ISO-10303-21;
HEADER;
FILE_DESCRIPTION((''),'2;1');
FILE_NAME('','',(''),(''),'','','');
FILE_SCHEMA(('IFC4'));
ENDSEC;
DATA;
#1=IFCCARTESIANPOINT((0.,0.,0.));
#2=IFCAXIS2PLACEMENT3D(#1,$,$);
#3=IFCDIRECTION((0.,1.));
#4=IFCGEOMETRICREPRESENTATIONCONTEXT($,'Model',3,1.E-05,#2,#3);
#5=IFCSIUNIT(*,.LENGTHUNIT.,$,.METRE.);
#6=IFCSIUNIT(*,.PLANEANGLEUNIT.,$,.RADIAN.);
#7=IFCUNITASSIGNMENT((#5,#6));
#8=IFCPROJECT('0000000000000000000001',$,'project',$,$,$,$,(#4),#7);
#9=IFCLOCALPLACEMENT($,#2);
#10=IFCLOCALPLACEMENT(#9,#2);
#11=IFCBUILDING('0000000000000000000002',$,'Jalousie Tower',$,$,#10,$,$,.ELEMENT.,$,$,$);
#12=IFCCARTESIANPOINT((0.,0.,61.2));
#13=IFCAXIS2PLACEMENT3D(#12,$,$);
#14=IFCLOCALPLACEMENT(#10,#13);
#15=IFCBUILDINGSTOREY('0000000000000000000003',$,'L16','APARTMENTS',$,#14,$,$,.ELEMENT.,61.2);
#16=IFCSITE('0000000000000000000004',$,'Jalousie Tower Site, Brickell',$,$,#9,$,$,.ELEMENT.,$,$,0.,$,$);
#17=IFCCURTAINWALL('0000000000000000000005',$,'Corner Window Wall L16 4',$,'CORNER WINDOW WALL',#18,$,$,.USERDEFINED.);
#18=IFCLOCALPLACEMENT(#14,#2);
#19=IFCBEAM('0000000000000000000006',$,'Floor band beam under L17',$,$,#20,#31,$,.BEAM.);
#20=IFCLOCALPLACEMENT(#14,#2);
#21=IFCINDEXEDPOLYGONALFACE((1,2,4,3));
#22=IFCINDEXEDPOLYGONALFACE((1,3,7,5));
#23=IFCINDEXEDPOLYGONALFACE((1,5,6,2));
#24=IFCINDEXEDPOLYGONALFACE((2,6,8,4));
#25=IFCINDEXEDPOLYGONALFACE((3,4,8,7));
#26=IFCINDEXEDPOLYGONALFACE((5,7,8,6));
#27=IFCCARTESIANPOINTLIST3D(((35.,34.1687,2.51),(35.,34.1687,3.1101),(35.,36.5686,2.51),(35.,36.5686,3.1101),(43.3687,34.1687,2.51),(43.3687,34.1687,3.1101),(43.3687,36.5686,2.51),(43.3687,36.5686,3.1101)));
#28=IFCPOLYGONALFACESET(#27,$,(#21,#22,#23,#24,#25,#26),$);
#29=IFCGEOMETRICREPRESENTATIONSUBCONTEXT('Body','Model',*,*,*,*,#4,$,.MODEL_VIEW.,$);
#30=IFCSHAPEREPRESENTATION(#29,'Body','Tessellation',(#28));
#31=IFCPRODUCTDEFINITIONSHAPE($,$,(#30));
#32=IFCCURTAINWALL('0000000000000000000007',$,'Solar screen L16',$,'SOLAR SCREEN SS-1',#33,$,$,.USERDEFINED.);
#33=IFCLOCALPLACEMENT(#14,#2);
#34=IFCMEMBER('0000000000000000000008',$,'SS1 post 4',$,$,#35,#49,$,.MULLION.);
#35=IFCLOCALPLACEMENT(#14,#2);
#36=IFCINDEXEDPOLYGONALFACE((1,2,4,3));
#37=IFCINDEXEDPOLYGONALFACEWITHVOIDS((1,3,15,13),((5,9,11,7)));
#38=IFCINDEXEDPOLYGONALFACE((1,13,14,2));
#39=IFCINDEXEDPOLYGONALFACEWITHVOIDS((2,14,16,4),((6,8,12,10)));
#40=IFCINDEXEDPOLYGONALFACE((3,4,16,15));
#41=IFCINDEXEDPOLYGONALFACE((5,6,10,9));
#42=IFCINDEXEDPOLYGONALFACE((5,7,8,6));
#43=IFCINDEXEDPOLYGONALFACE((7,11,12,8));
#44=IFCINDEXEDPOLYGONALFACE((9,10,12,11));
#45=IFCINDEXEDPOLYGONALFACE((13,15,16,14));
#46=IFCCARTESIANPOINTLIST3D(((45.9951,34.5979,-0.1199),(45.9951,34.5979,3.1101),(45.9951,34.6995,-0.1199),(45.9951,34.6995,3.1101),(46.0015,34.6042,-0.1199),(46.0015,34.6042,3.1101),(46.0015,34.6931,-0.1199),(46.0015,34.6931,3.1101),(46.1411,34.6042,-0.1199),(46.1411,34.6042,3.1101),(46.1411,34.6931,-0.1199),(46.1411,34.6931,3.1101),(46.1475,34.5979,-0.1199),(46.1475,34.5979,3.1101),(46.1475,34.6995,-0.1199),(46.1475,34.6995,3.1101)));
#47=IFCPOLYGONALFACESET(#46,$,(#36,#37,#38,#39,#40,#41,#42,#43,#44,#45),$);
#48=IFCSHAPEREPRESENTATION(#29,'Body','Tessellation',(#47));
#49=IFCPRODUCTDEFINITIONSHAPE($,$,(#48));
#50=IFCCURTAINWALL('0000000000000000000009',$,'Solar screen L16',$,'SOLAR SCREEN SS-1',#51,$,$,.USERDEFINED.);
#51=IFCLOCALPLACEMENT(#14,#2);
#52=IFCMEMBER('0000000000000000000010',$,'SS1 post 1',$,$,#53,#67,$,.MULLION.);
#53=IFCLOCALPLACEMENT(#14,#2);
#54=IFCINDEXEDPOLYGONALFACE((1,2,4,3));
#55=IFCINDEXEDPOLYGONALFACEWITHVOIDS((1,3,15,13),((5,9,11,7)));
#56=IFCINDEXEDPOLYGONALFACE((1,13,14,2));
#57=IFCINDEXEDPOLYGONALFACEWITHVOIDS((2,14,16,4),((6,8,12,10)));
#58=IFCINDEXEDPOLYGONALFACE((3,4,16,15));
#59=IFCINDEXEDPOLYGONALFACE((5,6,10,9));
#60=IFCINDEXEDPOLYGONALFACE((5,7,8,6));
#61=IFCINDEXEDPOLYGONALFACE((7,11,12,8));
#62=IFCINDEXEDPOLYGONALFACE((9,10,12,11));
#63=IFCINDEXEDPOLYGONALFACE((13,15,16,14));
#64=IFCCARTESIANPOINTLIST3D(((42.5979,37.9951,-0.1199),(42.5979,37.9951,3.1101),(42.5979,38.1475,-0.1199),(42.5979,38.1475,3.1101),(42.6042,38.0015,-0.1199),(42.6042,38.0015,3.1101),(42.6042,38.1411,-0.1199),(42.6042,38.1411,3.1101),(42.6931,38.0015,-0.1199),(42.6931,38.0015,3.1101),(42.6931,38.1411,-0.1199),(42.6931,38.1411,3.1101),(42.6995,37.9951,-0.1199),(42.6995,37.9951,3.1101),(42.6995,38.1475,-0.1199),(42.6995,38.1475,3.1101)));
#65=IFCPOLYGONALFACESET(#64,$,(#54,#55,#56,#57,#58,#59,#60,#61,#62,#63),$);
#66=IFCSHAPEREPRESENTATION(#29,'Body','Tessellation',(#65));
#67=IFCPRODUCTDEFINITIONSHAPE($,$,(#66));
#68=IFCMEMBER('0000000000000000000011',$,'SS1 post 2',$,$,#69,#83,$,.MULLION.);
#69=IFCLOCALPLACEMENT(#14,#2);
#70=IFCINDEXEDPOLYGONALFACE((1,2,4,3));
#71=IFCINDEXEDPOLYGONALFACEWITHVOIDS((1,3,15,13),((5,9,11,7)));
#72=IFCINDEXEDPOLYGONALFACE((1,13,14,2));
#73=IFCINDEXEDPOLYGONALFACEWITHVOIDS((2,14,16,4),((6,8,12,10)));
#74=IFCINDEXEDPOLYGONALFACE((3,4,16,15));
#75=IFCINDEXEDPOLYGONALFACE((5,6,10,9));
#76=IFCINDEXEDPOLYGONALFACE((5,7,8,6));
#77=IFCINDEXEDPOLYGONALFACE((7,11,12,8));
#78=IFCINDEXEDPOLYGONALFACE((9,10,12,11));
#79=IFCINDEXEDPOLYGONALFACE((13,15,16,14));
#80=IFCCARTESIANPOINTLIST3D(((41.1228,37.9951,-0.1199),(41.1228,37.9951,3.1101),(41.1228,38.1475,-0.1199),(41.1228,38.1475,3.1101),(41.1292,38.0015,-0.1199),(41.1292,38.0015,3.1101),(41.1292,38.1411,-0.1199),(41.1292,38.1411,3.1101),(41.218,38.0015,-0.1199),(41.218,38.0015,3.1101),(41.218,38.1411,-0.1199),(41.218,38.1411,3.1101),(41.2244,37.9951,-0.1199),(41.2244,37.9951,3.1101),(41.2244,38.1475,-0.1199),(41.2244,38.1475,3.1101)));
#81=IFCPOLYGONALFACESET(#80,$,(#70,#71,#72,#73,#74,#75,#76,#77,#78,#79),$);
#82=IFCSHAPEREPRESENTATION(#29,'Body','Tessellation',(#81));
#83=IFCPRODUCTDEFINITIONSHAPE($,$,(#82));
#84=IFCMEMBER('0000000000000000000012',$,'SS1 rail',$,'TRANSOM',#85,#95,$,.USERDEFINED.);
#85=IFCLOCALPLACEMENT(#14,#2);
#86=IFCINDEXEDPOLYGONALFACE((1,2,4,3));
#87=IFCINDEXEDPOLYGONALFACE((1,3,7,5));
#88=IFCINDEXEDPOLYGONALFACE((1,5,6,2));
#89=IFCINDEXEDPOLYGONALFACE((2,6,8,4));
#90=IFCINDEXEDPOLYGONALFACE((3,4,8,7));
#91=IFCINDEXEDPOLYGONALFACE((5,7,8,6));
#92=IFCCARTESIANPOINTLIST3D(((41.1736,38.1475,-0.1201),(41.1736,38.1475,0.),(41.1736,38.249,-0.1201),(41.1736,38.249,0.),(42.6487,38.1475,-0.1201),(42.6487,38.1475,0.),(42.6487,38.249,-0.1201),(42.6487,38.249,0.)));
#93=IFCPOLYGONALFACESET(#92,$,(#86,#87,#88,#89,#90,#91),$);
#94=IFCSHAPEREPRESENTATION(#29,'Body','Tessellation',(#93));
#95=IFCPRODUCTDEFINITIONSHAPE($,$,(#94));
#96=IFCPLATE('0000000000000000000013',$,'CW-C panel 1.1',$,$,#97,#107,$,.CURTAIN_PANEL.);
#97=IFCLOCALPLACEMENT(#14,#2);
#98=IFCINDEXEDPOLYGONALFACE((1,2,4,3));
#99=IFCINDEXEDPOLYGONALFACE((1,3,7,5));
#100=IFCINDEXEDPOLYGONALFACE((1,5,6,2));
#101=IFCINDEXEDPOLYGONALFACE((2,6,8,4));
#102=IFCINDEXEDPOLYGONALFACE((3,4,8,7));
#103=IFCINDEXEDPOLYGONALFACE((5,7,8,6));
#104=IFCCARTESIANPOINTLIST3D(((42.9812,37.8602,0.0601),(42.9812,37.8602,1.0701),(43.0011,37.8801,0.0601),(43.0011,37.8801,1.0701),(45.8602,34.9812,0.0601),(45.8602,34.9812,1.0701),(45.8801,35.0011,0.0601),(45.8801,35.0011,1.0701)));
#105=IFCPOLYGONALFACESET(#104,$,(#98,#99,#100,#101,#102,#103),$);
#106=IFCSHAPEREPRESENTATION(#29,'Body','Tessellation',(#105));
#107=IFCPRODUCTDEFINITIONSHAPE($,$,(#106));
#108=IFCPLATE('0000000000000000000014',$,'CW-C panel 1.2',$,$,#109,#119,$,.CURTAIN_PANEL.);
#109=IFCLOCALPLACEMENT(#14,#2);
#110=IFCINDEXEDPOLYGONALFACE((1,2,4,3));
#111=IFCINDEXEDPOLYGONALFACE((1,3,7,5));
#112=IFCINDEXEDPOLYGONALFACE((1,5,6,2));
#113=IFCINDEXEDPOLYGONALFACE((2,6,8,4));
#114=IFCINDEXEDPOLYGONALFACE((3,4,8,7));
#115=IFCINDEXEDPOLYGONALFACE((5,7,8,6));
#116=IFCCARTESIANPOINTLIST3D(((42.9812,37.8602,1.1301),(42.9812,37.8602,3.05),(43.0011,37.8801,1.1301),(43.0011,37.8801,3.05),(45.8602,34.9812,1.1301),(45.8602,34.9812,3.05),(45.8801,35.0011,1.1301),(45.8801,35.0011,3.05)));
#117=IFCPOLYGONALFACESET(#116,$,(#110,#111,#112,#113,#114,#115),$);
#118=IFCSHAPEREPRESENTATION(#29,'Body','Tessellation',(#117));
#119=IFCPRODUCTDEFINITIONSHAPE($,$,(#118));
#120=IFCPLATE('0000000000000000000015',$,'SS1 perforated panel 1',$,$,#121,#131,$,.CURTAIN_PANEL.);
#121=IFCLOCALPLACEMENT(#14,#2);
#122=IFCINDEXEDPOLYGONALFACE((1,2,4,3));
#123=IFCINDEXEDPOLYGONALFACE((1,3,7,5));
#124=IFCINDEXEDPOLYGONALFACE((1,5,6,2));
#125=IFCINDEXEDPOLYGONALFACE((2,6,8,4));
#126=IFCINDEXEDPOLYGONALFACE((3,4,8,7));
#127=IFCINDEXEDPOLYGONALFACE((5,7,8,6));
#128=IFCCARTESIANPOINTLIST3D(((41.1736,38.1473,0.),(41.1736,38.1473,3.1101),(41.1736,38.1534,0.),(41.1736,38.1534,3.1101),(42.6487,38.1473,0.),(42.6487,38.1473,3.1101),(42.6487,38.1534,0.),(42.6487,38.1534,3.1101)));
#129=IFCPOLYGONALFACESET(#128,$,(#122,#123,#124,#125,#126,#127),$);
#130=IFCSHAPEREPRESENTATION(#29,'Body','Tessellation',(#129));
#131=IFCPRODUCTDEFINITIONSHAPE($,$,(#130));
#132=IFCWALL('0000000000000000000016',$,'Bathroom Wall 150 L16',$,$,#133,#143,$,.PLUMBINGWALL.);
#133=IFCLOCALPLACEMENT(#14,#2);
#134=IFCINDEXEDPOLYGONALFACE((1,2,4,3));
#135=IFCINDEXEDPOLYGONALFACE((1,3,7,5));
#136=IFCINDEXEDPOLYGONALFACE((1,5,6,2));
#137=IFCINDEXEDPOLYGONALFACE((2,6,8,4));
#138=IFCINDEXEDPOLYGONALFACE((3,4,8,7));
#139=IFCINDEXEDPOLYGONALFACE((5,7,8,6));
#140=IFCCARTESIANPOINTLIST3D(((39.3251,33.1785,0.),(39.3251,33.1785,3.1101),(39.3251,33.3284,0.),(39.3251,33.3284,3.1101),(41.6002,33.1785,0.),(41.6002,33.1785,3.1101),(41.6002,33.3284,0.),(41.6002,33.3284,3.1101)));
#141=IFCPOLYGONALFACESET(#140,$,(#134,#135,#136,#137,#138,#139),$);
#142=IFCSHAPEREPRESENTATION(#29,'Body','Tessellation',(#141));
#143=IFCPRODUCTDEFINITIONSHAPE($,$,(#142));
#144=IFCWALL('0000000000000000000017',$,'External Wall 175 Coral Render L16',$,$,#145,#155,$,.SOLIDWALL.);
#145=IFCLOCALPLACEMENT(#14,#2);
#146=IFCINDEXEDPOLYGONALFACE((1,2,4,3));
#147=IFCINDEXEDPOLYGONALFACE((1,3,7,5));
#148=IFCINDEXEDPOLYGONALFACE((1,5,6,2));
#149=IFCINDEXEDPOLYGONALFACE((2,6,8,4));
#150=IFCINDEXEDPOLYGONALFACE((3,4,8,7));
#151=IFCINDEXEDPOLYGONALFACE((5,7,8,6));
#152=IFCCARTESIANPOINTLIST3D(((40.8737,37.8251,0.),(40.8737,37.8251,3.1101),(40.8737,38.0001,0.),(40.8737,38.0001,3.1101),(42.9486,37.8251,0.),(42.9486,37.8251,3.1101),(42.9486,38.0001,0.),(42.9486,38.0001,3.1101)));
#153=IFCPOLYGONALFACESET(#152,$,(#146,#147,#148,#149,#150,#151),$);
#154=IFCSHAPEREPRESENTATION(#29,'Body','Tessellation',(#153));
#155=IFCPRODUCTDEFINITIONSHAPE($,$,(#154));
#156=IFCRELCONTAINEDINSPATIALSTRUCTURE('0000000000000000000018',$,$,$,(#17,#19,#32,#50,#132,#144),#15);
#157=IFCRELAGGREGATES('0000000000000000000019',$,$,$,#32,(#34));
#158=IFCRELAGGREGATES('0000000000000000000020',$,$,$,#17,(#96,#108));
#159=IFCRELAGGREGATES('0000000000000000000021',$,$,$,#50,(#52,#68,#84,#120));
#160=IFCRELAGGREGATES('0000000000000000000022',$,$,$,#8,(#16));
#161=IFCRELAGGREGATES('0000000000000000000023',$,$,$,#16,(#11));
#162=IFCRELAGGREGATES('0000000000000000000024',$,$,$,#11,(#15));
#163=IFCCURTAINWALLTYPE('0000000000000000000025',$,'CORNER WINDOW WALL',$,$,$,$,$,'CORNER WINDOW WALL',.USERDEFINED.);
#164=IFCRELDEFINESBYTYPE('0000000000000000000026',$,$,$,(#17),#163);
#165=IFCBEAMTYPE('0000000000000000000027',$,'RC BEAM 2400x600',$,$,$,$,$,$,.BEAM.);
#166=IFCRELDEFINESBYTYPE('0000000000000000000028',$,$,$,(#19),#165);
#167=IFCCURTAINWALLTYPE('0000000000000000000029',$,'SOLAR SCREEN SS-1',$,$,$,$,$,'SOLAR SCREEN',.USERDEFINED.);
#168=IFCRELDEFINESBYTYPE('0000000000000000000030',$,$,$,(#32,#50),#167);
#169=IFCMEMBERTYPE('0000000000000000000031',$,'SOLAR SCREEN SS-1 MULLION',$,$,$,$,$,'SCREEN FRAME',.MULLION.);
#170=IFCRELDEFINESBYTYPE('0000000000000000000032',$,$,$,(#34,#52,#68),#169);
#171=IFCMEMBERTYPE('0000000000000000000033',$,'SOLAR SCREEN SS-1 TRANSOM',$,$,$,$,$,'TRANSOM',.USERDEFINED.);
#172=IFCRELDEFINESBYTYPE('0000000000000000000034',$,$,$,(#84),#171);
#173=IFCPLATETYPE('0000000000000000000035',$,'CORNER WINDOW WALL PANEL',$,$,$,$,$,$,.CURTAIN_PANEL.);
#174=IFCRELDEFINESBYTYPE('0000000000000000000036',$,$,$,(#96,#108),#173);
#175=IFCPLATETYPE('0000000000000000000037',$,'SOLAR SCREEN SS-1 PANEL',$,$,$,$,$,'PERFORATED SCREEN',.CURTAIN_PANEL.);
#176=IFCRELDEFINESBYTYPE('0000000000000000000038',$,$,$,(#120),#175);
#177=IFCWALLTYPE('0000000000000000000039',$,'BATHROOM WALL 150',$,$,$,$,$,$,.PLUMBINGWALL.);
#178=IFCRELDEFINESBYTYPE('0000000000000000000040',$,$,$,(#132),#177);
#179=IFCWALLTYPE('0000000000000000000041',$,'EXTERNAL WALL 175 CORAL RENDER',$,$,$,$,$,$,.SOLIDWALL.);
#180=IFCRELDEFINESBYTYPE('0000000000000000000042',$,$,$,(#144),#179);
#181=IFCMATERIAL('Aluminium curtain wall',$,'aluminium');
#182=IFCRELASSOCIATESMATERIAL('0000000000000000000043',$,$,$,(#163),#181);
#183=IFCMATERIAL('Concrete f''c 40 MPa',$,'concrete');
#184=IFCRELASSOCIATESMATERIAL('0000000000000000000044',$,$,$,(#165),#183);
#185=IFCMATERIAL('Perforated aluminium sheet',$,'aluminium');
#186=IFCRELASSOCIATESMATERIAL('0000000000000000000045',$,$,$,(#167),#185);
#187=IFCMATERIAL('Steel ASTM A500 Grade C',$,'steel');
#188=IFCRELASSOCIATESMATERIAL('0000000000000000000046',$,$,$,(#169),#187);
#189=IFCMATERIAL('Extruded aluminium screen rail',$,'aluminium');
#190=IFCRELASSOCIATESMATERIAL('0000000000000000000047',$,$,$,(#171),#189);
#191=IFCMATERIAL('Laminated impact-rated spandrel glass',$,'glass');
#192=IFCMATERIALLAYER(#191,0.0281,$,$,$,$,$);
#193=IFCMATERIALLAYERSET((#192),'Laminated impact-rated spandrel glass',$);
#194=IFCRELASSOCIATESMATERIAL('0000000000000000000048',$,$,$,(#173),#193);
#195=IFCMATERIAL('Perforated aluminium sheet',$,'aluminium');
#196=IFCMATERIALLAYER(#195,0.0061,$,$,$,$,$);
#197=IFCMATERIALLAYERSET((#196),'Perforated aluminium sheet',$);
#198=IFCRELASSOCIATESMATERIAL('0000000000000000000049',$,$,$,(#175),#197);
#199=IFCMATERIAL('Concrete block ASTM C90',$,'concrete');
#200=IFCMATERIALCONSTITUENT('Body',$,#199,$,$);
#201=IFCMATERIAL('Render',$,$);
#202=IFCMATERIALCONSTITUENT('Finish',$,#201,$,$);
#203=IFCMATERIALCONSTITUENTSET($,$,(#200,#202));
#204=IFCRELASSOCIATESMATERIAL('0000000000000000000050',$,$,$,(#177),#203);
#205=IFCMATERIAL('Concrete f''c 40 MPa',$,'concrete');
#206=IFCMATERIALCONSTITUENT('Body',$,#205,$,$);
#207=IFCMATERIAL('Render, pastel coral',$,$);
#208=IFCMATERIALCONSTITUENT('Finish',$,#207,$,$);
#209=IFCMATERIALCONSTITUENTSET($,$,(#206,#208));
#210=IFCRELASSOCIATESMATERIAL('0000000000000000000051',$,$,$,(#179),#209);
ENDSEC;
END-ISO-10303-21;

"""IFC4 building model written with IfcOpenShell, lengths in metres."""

from ifc_helpers import new_model, si_unit, direction, frame, frame_2d, origin, origin_2d, place, context, subcontext, project, spatial, rectangle, hollow_rectangle, extrude, material, layer, layer_set, constituent, constituent_set, material_profile, profile_set, type_object, element, aggregate, save


model = new_model("IFC4")

# Units and contexts
model_context = context("Model", 3, precision=1e-05, world=origin(), true_north=direction((0.0, 1.0)))
body_context = subcontext(model_context, "Body", "Model", "MODEL_VIEW")
ifc_project = project(units=[si_unit("LENGTHUNIT", "METRE"), si_unit("PLANEANGLEUNIT", "RADIAN")], contexts=[model_context])

# Site, building, storey
site_placement = place(None, origin())
site = spatial("IfcSite", under=ifc_project, at=site_placement, Name="Jalousie Tower Site, Brickell", CompositionType="ELEMENT", RefElevation=0.0)
building_placement = place(site_placement, origin())
building = spatial("IfcBuilding", under=site, at=building_placement, Name="Jalousie Tower", CompositionType="ELEMENT")
storey_placement = place(building_placement, frame((0.0, 0.0, 61.2)))
storey = spatial("IfcBuildingStorey", under=building, at=storey_placement, Name="L16", Description="APARTMENTS", CompositionType="ELEMENT", Elevation=61.2)

# Curtain wall
ifc_material_1 = material(Name="Aluminium curtain wall", Category="aluminium")
curtain_wall_type_1 = type_object("IfcCurtainWallType", Name="CORNER WINDOW WALL", ElementType="CORNER WINDOW WALL", PredefinedType="USERDEFINED", material=ifc_material_1)
curtain_wall_1_placement = place(storey_placement, origin())
curtain_wall_1 = element("IfcCurtainWall", 1, at=curtain_wall_1_placement, inside=storey, type_object=curtain_wall_type_1, Name="Corner Window Wall L16 4", ObjectType="CORNER WINDOW WALL", PredefinedType="USERDEFINED")

# Beam
ifc_material_2 = material(Name="Concrete f'c 40 MPa", Category="concrete")
ifc_material_profile_1 = material_profile(ifc_material_2, rectangle(XDim=2.3999, YDim=0.6001, at=origin_2d()), Name="RC 2400x600")
ifc_profile_set_1 = profile_set([ifc_material_profile_1], Name="Concrete f'c 40 MPa")
beam_type_1 = type_object("IfcBeamType", Name="RC BEAM 2400x600", PredefinedType="BEAM", material=ifc_profile_set_1)
beam_1_placement = place(storey_placement, frame((43.3687, 35.3687, 2.8101), z_axis=(-1.0, 0.0, 0.0), x_axis=(0.0, -1.0, 0.0)))
element("IfcBeam", 2, at=beam_1_placement, inside=storey, type_object=beam_type_1, Name="Floor band beam under L17", PredefinedType="BEAM", context=body_context, shape_type="SweptSolid", body=[
    extrude(rectangle(XDim=2.3999, YDim=0.6001, at=origin_2d()), origin(), (0.0, 0.0, 1.0), 8.3687),
])

# Curtain wall, member
ifc_material_3 = material(Name="Perforated aluminium sheet", Category="aluminium")
curtain_wall_type_2 = type_object("IfcCurtainWallType", Name="SOLAR SCREEN SS-1", ElementType="SOLAR SCREEN", PredefinedType="USERDEFINED", material=ifc_material_3)
curtain_wall_2_placement = place(storey_placement, origin())
curtain_wall_2 = element("IfcCurtainWall", 3, at=curtain_wall_2_placement, inside=storey, type_object=curtain_wall_type_2, Name="Solar screen L16", ObjectType="SOLAR SCREEN SS-1", PredefinedType="USERDEFINED")
ifc_material_4 = material(Name="Steel ASTM A500 Grade C", Category="steel")
ifc_material_profile_2 = material_profile(ifc_material_4, hollow_rectangle(XDim=0.1016, YDim=0.1523, WallThickness=0.0063, at=origin_2d()), Name="HSS6X4X1/4")
ifc_profile_set_2 = profile_set([ifc_material_profile_2], Name="Steel ASTM A500 Grade C")
member_type_1 = type_object("IfcMemberType", Name="SOLAR SCREEN SS-1 MULLION", ElementType="SCREEN FRAME", PredefinedType="MULLION", material=ifc_profile_set_2)
member_1_placement = place(storey_placement, frame((46.0713, 34.6487, -0.1199), z_axis=(0.0, 0.0, 1.0), x_axis=(0.0, 1.0, 0.0)))
member_1 = element("IfcMember", 4, at=member_1_placement, type_object=member_type_1, Name="SS1 post 4", PredefinedType="MULLION", context=body_context, shape_type="SweptSolid", body=[
    extrude(hollow_rectangle(XDim=0.1016, YDim=0.1523, WallThickness=0.0063, at=origin_2d()), origin(), (0.0, 0.0, 1.0), 3.23),
])
aggregate(curtain_wall_2, [member_1])

# Curtain wall, members
curtain_wall_3_placement = place(storey_placement, origin())
curtain_wall_3 = element("IfcCurtainWall", 5, at=curtain_wall_3_placement, inside=storey, type_object=curtain_wall_type_2, Name="Solar screen L16", ObjectType="SOLAR SCREEN SS-1", PredefinedType="USERDEFINED")
member_2_placement = place(storey_placement, frame((42.6487, 38.0713, -0.1199), z_axis=(0.0, 0.0, 1.0), x_axis=(-1.0, 0.0, 0.0)))
member_2 = element("IfcMember", 6, at=member_2_placement, type_object=member_type_1, Name="SS1 post 1", PredefinedType="MULLION", context=body_context, shape_type="SweptSolid", body=[
    extrude(hollow_rectangle(XDim=0.1016, YDim=0.1523, WallThickness=0.0063, at=origin_2d()), origin(), (0.0, 0.0, 1.0), 3.23),
])
member_3_placement = place(storey_placement, frame((41.1736, 38.0713, -0.1199), z_axis=(0.0, 0.0, 1.0), x_axis=(-1.0, 0.0, 0.0)))
member_3 = element("IfcMember", 7, at=member_3_placement, type_object=member_type_1, Name="SS1 post 2", PredefinedType="MULLION", context=body_context, shape_type="SweptSolid", body=[
    extrude(hollow_rectangle(XDim=0.1016, YDim=0.1523, WallThickness=0.0063, at=origin_2d()), origin(), (0.0, 0.0, 1.0), 3.23),
])
ifc_material_5 = material(Name="Extruded aluminium screen rail", Category="aluminium")
ifc_material_profile_3 = material_profile(ifc_material_5, rectangle(XDim=0.1016, YDim=0.1201, at=origin_2d()), Name="RAIL 102x120")
ifc_profile_set_3 = profile_set([ifc_material_profile_3], Name="Extruded aluminium screen rail")
member_type_2 = type_object("IfcMemberType", Name="SOLAR SCREEN SS-1 TRANSOM", ElementType="TRANSOM", PredefinedType="USERDEFINED", material=ifc_profile_set_3)
member_4_placement = place(storey_placement, frame((42.6487, 38.1982, -0.0601), z_axis=(-1.0, 0.0, 0.0), x_axis=(0.0, -1.0, 0.0)))
member_4 = element("IfcMember", 8, at=member_4_placement, type_object=member_type_2, Name="SS1 rail", ObjectType="TRANSOM", PredefinedType="USERDEFINED", context=body_context, shape_type="SweptSolid", body=[
    extrude(rectangle(XDim=0.1016, YDim=0.1201, at=origin_2d()), origin(), (0.0, 0.0, 1.0), 1.4751),
])

# Plates
ifc_material_6 = material(Name="Laminated impact-rated spandrel glass", Category="glass")
ifc_layer_1 = layer(ifc_material_6, 0.0281)
ifc_layer_set_1 = layer_set([ifc_layer_1], Name="Laminated impact-rated spandrel glass")
plate_type_1 = type_object("IfcPlateType", Name="CORNER WINDOW WALL PANEL", PredefinedType="CURTAIN_PANEL", material=ifc_layer_set_1)
plate_1_placement = place(storey_placement, frame((44.4307, 36.4307, 0.0601), z_axis=(0.0, 0.0, 1.0), x_axis=(-0.707107, 0.707107, 0.0)))
plate_1 = element("IfcPlate", 9, at=plate_1_placement, type_object=plate_type_1, Name="CW-C panel 1.1", PredefinedType="CURTAIN_PANEL", context=body_context, shape_type="SweptSolid", body=[
    extrude(rectangle(XDim=4.0715, YDim=0.0281, at=origin_2d()), origin(), (0.0, 0.0, 1.0), 1.01),
])
plate_2_placement = place(storey_placement, frame((44.4307, 36.4307, 1.1301), z_axis=(0.0, 0.0, 1.0), x_axis=(-0.707107, 0.707107, 0.0)))
plate_2 = element("IfcPlate", 10, at=plate_2_placement, type_object=plate_type_1, Name="CW-C panel 1.2", PredefinedType="CURTAIN_PANEL", context=body_context, shape_type="SweptSolid", body=[
    extrude(rectangle(XDim=4.0715, YDim=0.0281, at=origin_2d()), origin(), (0.0, 0.0, 1.0), 1.9199),
])
aggregate(curtain_wall_1, [plate_1, plate_2])
ifc_material_7 = material(Name="Perforated aluminium sheet", Category="aluminium")
ifc_layer_2 = layer(ifc_material_7, 0.0061)
ifc_layer_set_2 = layer_set([ifc_layer_2], Name="Perforated aluminium sheet")
plate_type_2 = type_object("IfcPlateType", Name="SOLAR SCREEN SS-1 PANEL", ElementType="PERFORATED SCREEN", PredefinedType="CURTAIN_PANEL", material=ifc_layer_set_2)
plate_3_placement = place(storey_placement, frame((41.9111, 38.1504, 0.0), z_axis=(0.0, 0.0, 1.0), x_axis=(-1.0, 0.0, 0.0)))
plate_3 = element("IfcPlate", 11, at=plate_3_placement, type_object=plate_type_2, Name="SS1 perforated panel 1", PredefinedType="CURTAIN_PANEL", context=body_context, shape_type="SweptSolid", body=[
    extrude(rectangle(XDim=1.4751, YDim=0.0061, at=origin_2d()), origin(), (0.0, 0.0, 1.0), 3.1101),
])
aggregate(curtain_wall_3, [member_2, member_3, member_4, plate_3])

# Walls
ifc_material_8 = material(Name="Concrete block ASTM C90", Category="concrete")
ifc_constituent_1 = constituent(ifc_material_8, Name="Body")
ifc_material_9 = material(Name="Render")
ifc_constituent_2 = constituent(ifc_material_9, Name="Finish")
ifc_constituent_set_1 = constituent_set(constituents=[ifc_constituent_1, ifc_constituent_2])
wall_type_1 = type_object("IfcWallType", Name="BATHROOM WALL 150", PredefinedType="PLUMBINGWALL", material=ifc_constituent_set_1)
wall_1_placement = place(storey_placement, frame((39.325, 33.2534, 0.0), z_axis=(0.0, 0.0, 1.0), x_axis=(1.0, 0.0, 0.0)))
element("IfcWall", 12, at=wall_1_placement, inside=storey, type_object=wall_type_1, Name="Bathroom Wall 150 L16", PredefinedType="PLUMBINGWALL", context=body_context, shape_type="SweptSolid", body=[
    extrude(rectangle(XDim=2.2751, YDim=0.1499, at=frame_2d((1.1377, 0.0))), origin(), (0.0, 0.0, 1.0), 3.1101),
])
ifc_material_10 = material(Name="Concrete f'c 40 MPa", Category="concrete")
ifc_constituent_3 = constituent(ifc_material_10, Name="Body")
ifc_material_11 = material(Name="Render, pastel coral")
ifc_constituent_4 = constituent(ifc_material_11, Name="Finish")
ifc_constituent_set_2 = constituent_set(constituents=[ifc_constituent_3, ifc_constituent_4])
wall_type_2 = type_object("IfcWallType", Name="EXTERNAL WALL 175 CORAL RENDER", PredefinedType="SOLIDWALL", material=ifc_constituent_set_2)
wall_2_placement = place(storey_placement, frame((42.9487, 37.9126, 0.0), z_axis=(0.0, 0.0, 1.0), x_axis=(-1.0, 0.0, 0.0)))
element("IfcWall", 13, at=wall_2_placement, inside=storey, type_object=wall_type_2, Name="External Wall 175 Coral Render L16", PredefinedType="SOLIDWALL", context=body_context, shape_type="SweptSolid", body=[
    extrude(rectangle(XDim=2.075, YDim=0.175, at=frame_2d((1.0376, 0.0))), origin(), (0.0, 0.0, 1.0), 3.1101),
])

save(model, "model.ifc")
